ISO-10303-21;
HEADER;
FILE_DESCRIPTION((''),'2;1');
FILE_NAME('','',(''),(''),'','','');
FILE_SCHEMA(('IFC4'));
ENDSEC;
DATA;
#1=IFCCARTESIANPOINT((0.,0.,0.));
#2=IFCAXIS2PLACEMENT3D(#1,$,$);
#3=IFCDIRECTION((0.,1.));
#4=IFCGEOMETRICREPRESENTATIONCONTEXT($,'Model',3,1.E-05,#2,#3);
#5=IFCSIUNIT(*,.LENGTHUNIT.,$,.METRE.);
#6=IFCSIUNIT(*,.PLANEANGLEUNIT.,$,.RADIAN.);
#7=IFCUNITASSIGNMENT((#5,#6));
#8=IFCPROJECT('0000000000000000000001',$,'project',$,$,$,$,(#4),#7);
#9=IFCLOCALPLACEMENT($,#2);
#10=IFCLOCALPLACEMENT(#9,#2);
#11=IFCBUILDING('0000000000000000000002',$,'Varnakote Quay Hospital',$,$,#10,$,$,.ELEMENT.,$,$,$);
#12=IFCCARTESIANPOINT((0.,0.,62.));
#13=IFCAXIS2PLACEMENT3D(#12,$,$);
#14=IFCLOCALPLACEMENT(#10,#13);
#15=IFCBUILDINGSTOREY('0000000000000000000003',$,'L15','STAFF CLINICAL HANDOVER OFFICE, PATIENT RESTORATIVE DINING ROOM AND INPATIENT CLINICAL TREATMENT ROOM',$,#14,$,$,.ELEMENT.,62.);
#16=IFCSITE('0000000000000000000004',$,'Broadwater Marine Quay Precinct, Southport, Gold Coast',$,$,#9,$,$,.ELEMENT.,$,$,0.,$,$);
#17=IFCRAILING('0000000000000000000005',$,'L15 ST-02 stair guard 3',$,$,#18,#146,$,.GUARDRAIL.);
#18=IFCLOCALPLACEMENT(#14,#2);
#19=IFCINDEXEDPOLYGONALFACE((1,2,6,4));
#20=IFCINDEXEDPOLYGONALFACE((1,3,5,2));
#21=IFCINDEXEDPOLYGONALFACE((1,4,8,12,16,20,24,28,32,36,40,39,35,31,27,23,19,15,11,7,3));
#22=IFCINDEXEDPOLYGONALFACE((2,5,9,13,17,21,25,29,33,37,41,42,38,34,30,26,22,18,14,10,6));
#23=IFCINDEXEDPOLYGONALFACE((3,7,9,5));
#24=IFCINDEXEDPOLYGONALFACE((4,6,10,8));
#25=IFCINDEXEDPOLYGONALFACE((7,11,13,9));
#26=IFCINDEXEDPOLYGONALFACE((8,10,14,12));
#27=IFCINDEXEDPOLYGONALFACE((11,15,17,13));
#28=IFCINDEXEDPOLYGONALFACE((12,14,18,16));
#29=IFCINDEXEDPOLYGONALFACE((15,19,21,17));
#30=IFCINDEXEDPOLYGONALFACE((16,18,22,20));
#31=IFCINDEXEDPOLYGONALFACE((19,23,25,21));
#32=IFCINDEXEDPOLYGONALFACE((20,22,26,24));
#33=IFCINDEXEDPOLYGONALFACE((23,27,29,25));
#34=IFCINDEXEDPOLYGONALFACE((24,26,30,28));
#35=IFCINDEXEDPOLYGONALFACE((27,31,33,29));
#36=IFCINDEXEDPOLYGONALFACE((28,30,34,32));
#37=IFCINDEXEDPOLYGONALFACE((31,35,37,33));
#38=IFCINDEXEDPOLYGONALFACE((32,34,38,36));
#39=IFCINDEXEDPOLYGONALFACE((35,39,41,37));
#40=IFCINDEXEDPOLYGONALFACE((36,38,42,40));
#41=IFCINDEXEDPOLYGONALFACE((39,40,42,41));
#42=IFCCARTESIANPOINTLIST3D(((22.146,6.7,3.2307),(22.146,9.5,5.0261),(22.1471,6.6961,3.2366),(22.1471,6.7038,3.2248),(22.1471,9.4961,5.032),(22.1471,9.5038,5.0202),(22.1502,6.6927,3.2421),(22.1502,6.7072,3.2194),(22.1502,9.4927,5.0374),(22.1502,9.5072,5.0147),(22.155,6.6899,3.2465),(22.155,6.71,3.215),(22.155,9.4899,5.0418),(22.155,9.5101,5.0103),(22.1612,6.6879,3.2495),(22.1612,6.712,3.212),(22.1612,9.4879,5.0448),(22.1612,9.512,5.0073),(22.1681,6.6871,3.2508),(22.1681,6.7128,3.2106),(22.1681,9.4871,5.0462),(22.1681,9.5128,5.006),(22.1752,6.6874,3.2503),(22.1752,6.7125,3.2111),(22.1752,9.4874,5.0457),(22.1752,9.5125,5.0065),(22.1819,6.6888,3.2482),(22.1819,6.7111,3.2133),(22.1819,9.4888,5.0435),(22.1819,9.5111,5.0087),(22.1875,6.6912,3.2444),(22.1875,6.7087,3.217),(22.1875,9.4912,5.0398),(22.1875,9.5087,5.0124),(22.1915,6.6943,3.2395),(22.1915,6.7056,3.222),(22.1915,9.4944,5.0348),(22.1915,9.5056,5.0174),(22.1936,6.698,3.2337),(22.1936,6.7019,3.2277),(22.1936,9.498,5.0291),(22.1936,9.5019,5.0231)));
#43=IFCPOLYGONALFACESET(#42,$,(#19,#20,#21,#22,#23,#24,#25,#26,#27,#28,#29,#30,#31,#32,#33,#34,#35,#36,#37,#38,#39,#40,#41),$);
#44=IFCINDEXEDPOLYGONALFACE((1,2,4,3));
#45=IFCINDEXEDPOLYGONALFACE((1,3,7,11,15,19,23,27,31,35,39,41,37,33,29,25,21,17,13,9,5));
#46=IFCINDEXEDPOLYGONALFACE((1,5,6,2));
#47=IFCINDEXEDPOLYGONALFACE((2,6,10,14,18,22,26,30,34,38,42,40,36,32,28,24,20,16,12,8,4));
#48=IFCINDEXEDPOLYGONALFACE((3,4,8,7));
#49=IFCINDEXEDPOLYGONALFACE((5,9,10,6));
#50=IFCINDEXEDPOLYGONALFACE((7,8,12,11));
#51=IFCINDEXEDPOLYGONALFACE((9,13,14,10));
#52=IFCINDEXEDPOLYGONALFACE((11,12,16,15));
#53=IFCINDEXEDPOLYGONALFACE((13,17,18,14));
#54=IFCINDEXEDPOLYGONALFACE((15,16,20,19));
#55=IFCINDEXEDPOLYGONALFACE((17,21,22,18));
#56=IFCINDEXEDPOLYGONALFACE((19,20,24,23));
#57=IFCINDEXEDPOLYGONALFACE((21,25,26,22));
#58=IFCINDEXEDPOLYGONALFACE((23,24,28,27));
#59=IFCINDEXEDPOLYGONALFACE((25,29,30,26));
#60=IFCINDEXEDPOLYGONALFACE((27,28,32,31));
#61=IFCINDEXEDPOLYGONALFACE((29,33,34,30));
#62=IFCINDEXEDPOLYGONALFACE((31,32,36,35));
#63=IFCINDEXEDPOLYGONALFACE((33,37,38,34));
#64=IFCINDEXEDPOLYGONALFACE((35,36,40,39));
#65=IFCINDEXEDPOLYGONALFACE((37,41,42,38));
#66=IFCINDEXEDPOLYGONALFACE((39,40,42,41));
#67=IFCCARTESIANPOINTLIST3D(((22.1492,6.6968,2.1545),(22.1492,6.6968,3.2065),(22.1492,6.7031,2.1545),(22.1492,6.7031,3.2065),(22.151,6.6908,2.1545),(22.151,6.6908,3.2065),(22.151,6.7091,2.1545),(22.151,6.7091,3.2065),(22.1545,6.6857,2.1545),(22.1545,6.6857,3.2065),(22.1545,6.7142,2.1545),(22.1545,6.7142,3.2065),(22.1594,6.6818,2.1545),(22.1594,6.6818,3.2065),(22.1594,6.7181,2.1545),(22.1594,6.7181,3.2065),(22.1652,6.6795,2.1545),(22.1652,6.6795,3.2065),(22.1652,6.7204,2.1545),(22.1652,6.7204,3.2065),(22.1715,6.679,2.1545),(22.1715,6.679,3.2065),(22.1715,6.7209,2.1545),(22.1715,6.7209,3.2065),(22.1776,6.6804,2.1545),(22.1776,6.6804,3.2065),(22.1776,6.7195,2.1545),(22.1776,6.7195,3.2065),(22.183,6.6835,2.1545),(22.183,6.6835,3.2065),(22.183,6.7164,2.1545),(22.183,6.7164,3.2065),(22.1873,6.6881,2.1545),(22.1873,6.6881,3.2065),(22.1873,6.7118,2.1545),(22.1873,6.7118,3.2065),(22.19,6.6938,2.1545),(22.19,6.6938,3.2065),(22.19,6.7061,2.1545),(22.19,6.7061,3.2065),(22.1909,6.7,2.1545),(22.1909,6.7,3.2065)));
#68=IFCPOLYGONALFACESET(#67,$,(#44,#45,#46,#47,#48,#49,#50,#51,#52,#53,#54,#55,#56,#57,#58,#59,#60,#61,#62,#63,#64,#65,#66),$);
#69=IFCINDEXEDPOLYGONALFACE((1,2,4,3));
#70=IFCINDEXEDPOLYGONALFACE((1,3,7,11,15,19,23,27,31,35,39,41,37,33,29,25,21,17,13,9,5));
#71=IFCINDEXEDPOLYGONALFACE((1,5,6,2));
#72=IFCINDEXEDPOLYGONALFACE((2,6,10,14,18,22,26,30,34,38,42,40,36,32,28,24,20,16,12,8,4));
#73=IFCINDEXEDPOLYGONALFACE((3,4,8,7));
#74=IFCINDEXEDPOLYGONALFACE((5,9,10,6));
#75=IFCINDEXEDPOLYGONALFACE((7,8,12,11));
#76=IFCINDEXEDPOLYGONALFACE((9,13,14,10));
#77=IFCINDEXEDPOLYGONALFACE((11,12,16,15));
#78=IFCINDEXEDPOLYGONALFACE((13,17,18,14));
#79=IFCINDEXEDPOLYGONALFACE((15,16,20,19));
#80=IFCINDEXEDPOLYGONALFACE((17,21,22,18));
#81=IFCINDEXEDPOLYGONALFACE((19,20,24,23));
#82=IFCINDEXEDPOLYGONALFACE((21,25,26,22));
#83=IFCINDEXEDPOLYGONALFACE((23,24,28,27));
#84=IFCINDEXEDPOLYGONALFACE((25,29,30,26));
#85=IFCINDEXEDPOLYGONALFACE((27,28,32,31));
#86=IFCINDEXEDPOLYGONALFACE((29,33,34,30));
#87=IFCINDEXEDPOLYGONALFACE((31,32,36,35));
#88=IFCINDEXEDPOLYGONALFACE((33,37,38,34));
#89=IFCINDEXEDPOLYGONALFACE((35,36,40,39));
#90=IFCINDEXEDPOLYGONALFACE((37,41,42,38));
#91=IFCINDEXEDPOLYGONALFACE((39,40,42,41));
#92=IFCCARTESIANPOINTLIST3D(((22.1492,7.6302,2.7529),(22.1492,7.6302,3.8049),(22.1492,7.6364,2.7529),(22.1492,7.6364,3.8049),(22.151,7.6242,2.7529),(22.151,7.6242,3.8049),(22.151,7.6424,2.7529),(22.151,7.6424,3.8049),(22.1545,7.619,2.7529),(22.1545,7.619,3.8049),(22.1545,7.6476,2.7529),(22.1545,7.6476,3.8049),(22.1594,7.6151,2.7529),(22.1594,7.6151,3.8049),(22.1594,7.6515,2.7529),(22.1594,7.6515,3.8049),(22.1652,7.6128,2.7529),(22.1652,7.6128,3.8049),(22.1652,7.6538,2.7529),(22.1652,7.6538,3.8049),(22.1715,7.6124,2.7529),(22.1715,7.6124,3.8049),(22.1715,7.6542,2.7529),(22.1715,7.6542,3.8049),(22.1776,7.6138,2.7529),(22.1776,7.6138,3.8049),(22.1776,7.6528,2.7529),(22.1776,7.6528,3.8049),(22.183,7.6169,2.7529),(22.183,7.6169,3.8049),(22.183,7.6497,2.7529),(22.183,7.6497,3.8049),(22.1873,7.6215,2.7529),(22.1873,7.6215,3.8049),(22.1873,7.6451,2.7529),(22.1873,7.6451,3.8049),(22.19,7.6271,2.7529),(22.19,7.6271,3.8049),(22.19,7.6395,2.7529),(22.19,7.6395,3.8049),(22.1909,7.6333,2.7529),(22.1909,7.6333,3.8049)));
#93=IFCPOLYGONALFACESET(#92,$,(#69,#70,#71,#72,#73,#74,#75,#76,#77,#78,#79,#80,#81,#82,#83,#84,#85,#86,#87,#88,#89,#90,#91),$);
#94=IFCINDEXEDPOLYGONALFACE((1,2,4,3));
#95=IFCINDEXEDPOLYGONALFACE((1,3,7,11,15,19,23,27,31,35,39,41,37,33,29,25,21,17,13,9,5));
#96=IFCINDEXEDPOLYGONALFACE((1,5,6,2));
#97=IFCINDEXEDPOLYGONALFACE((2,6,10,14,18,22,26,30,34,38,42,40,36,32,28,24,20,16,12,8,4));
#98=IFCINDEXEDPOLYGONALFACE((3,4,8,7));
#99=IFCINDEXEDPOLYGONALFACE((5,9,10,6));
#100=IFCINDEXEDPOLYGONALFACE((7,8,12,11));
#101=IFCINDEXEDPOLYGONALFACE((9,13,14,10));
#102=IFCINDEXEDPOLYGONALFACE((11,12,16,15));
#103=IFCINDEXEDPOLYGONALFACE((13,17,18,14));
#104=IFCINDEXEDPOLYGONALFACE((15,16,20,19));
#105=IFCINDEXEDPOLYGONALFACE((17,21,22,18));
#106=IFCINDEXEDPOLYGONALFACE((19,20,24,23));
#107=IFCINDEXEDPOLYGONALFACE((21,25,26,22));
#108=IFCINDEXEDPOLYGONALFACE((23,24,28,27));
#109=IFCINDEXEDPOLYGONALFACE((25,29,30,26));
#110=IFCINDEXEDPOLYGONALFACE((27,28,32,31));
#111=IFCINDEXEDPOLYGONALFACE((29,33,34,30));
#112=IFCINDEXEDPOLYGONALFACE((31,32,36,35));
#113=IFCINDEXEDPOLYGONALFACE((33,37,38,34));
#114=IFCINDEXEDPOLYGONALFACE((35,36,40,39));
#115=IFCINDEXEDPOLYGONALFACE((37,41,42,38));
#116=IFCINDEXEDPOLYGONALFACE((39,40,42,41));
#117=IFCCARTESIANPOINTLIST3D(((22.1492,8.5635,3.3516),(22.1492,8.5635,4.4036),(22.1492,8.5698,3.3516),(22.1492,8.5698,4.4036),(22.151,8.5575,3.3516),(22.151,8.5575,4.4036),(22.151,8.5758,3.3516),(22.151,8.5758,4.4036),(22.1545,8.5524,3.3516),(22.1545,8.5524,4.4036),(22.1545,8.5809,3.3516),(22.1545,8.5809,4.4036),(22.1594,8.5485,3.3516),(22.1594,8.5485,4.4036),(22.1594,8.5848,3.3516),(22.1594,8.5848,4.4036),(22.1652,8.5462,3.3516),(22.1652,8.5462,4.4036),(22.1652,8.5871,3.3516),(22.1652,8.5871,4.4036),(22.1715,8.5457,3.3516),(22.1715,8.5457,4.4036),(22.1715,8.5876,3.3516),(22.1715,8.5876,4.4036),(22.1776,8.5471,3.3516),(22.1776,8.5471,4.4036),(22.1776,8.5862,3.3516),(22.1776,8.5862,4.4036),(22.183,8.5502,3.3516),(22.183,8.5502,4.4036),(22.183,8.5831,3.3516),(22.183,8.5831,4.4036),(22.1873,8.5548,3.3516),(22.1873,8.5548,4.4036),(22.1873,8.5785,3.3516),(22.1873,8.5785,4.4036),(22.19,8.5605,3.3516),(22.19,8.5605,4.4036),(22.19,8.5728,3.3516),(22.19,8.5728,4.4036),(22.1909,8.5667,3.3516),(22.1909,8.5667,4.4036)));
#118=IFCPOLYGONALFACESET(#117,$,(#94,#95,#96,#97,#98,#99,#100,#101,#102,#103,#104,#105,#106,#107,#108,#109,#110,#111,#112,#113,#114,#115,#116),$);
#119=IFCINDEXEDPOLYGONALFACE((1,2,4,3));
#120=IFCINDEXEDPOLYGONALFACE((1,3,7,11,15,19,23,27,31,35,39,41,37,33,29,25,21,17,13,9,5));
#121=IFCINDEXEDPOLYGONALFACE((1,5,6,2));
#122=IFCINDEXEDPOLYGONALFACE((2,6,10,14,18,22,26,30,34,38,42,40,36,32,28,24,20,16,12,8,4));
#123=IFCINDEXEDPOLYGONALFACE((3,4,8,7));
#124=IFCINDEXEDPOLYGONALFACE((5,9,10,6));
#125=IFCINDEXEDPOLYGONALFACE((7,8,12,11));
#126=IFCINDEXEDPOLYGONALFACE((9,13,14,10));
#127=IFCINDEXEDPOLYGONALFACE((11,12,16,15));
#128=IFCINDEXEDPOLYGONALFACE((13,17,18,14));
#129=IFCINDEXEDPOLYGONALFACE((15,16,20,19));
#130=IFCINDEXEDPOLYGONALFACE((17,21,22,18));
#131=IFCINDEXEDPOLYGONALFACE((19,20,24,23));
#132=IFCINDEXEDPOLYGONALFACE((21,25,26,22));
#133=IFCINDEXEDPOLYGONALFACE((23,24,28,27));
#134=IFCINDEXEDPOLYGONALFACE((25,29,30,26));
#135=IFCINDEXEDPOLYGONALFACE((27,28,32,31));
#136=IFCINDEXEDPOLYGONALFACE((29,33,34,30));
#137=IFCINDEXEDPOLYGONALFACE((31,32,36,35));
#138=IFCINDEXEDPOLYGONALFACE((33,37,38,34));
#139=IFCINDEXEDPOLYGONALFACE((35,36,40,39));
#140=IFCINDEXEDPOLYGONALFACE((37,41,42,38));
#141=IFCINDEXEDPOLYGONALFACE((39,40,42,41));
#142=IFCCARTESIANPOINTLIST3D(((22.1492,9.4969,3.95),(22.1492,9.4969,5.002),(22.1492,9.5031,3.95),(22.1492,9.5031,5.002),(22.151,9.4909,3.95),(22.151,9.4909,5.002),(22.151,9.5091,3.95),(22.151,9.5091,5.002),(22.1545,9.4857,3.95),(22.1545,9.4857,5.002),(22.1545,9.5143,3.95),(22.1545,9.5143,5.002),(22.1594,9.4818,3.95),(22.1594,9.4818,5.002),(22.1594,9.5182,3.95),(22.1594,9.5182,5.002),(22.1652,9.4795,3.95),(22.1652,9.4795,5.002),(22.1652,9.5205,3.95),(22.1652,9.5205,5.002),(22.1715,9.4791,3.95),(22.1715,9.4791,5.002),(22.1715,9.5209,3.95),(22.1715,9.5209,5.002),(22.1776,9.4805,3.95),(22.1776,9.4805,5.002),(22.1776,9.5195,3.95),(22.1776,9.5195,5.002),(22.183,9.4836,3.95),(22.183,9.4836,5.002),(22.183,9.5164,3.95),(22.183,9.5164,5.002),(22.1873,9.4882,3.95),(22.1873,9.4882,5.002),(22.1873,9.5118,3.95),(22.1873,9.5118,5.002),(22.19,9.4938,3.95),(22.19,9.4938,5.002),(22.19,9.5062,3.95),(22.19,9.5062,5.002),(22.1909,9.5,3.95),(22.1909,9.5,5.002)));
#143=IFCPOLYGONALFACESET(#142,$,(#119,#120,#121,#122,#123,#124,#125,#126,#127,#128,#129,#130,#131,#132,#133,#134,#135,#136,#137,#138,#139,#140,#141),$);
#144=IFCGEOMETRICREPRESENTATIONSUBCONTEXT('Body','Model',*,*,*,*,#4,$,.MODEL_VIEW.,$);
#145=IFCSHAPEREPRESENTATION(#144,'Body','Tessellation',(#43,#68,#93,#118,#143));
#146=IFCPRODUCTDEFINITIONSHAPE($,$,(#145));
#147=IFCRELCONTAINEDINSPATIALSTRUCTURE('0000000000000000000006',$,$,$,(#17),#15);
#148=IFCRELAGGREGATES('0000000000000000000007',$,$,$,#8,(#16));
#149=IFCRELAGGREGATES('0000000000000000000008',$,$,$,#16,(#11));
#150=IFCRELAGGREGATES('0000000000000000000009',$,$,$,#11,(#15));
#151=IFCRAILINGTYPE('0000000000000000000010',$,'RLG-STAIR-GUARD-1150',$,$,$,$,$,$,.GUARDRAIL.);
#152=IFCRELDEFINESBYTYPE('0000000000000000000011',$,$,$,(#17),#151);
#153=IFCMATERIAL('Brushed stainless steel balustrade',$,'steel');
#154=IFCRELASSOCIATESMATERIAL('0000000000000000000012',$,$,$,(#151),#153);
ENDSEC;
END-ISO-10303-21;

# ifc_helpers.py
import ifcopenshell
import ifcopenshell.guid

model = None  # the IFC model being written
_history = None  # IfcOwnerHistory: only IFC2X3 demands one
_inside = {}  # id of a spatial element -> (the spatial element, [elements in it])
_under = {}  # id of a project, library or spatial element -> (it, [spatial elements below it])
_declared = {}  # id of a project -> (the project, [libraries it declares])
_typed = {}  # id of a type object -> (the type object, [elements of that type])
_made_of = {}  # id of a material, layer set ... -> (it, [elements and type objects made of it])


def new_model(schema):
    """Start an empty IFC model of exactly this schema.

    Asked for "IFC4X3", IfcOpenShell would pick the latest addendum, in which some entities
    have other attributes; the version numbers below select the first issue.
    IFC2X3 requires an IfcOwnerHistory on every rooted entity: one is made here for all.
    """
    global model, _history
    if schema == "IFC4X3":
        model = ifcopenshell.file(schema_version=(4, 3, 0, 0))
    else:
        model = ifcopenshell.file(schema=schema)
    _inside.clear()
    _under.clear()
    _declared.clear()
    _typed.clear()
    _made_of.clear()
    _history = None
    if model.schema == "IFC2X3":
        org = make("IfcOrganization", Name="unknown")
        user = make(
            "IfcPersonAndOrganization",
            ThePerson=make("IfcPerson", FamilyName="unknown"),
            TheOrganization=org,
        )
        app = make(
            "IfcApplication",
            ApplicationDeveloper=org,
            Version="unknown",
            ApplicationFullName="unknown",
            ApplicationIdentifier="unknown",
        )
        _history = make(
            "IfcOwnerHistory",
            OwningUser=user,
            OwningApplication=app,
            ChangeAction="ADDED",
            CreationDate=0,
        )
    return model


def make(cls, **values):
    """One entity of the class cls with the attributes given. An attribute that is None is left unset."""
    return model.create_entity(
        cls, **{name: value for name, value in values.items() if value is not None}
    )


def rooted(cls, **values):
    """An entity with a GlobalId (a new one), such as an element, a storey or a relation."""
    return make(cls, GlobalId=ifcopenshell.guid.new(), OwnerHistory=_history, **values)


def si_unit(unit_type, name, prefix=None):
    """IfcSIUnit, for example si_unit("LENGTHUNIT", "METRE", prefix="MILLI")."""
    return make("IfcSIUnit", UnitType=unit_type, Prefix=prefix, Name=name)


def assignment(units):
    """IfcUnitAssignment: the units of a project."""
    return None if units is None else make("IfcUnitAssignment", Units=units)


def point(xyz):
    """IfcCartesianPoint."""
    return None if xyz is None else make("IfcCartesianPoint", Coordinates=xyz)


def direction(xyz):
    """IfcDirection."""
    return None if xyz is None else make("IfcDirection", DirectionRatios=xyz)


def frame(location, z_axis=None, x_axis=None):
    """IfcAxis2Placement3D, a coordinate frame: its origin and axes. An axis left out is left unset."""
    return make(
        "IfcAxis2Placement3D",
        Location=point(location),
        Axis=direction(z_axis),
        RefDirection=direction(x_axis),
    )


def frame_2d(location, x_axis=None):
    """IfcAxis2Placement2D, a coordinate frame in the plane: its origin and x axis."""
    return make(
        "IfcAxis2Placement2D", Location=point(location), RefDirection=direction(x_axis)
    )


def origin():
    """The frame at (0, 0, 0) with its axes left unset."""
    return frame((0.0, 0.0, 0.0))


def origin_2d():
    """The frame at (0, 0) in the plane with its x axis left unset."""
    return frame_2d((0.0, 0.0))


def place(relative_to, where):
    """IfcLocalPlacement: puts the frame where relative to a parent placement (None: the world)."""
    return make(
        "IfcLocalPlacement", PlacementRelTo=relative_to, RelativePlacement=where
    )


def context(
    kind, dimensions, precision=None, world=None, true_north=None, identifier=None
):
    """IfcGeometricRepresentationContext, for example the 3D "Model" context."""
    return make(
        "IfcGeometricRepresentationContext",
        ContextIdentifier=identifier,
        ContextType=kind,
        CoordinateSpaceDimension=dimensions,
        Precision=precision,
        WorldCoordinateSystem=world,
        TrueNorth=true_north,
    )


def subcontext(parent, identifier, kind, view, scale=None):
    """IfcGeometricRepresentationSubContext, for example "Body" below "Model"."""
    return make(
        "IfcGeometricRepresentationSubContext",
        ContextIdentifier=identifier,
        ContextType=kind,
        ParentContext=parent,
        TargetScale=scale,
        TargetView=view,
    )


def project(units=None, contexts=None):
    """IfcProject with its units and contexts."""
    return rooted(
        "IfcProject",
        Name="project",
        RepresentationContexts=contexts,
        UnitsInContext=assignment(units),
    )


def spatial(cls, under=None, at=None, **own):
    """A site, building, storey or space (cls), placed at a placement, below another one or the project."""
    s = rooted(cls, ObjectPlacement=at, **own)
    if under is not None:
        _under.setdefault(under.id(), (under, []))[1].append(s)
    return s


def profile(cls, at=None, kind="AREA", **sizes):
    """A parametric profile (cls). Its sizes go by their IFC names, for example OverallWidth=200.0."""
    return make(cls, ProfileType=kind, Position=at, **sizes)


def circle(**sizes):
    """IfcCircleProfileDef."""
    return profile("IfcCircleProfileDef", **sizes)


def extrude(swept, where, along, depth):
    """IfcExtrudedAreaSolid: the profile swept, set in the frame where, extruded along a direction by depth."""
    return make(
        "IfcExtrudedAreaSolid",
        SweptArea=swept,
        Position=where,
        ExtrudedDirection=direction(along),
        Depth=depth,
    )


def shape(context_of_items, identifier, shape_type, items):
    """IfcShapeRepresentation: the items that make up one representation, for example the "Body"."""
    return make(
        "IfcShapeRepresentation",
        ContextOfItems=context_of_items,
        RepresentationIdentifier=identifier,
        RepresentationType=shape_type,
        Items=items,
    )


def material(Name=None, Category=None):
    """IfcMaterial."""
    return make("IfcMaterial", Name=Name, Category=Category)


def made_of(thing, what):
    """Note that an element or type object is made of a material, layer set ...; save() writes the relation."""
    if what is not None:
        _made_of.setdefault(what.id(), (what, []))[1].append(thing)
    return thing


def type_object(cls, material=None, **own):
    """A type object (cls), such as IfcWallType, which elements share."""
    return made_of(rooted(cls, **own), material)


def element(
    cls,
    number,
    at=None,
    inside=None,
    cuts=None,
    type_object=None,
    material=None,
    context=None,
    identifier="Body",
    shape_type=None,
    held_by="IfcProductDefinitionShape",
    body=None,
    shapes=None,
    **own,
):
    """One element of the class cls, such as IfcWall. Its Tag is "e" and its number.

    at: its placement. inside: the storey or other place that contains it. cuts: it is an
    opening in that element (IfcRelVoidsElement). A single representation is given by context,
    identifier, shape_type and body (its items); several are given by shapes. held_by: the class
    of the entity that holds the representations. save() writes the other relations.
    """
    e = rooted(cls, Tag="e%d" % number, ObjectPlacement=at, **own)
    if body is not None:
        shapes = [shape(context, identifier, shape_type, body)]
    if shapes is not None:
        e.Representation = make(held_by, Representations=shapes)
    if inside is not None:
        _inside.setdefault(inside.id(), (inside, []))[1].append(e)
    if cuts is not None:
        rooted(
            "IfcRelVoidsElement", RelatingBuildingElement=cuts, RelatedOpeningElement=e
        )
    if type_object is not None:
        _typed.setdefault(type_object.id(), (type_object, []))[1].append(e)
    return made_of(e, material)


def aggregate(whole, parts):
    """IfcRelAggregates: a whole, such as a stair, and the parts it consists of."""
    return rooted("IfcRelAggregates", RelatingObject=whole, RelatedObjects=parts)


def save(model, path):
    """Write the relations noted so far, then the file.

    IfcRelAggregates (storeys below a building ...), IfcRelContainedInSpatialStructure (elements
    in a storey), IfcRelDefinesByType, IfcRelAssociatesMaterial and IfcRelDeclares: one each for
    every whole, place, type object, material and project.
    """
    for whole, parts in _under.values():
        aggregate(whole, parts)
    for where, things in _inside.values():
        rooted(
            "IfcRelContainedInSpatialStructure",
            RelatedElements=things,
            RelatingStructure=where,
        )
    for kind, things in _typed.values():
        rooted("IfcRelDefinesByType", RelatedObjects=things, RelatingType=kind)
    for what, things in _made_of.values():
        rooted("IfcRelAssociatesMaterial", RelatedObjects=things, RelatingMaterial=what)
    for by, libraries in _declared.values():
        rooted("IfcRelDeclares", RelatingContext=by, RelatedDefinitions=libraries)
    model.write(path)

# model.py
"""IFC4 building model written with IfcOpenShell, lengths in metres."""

from ifc_helpers import new_model, si_unit, direction, frame, origin, origin_2d, place, context, subcontext, project, spatial, circle, extrude, material, type_object, element, save


model = new_model("IFC4")

# Units and contexts
model_context = context("Model", 3, precision=1e-05, world=origin(), true_north=direction((0.0, 1.0)))
body_context = subcontext(model_context, "Body", "Model", "MODEL_VIEW")
ifc_project = project(units=[si_unit("LENGTHUNIT", "METRE"), si_unit("PLANEANGLEUNIT", "RADIAN")], contexts=[model_context])

# Site, building, storey
site_placement = place(None, origin())
site = spatial("IfcSite", under=ifc_project, at=site_placement, Name="Broadwater Marine Quay Precinct, Southport, Gold Coast", CompositionType="ELEMENT", RefElevation=0.0)
building_placement = place(site_placement, origin())
building = spatial("IfcBuilding", under=site, at=building_placement, Name="Varnakote Quay Hospital", CompositionType="ELEMENT")
storey_placement = place(building_placement, frame((0.0, 0.0, 62.0)))
storey = spatial("IfcBuildingStorey", under=building, at=storey_placement, Name="L15", Description="STAFF CLINICAL HANDOVER OFFICE, PATIENT RESTORATIVE DINING ROOM AND INPATIENT CLINICAL TREATMENT ROOM", CompositionType="ELEMENT", Elevation=62.0)

# Railing
ifc_material_1 = material(Name="Brushed stainless steel balustrade", Category="steel")
railing_type_1 = type_object("IfcRailingType", Name="RLG-STAIR-GUARD-1150", PredefinedType="GUARDRAIL", material=ifc_material_1)
railing_1_placement = place(storey_placement, frame((22.1699, 6.7, 2.1545)))
element("IfcRailing", 1, at=railing_1_placement, inside=storey, type_object=railing_type_1, Name="L15 ST-02 stair guard 3", PredefinedType="GUARDRAIL", context=body_context, shape_type="SweptSolid", body=[
    extrude(circle(Radius=0.0239, at=origin_2d()), frame((0.0, 0.0, 1.0762), z_axis=(0.0, 0.84181, 0.539774), x_axis=(-1.0, 0.0, 0.0)), (0.0, 0.0, 1.0), 3.3262),
    extrude(circle(Radius=0.021, at=origin_2d()), origin(), (0.0, 0.0, 1.0), 1.052),
    extrude(circle(Radius=0.021, at=origin_2d()), frame((0.0, 0.9333, 0.5984)), (0.0, 0.0, 1.0), 1.052),
    extrude(circle(Radius=0.021, at=origin_2d()), frame((0.0, 1.8667, 1.197)), (0.0, 0.0, 1.0), 1.052),
    extrude(circle(Radius=0.021, at=origin_2d()), frame((0.0, 2.8, 1.7954)), (0.0, 0.0, 1.0), 1.052),
])

save(model, "model.ifc")
